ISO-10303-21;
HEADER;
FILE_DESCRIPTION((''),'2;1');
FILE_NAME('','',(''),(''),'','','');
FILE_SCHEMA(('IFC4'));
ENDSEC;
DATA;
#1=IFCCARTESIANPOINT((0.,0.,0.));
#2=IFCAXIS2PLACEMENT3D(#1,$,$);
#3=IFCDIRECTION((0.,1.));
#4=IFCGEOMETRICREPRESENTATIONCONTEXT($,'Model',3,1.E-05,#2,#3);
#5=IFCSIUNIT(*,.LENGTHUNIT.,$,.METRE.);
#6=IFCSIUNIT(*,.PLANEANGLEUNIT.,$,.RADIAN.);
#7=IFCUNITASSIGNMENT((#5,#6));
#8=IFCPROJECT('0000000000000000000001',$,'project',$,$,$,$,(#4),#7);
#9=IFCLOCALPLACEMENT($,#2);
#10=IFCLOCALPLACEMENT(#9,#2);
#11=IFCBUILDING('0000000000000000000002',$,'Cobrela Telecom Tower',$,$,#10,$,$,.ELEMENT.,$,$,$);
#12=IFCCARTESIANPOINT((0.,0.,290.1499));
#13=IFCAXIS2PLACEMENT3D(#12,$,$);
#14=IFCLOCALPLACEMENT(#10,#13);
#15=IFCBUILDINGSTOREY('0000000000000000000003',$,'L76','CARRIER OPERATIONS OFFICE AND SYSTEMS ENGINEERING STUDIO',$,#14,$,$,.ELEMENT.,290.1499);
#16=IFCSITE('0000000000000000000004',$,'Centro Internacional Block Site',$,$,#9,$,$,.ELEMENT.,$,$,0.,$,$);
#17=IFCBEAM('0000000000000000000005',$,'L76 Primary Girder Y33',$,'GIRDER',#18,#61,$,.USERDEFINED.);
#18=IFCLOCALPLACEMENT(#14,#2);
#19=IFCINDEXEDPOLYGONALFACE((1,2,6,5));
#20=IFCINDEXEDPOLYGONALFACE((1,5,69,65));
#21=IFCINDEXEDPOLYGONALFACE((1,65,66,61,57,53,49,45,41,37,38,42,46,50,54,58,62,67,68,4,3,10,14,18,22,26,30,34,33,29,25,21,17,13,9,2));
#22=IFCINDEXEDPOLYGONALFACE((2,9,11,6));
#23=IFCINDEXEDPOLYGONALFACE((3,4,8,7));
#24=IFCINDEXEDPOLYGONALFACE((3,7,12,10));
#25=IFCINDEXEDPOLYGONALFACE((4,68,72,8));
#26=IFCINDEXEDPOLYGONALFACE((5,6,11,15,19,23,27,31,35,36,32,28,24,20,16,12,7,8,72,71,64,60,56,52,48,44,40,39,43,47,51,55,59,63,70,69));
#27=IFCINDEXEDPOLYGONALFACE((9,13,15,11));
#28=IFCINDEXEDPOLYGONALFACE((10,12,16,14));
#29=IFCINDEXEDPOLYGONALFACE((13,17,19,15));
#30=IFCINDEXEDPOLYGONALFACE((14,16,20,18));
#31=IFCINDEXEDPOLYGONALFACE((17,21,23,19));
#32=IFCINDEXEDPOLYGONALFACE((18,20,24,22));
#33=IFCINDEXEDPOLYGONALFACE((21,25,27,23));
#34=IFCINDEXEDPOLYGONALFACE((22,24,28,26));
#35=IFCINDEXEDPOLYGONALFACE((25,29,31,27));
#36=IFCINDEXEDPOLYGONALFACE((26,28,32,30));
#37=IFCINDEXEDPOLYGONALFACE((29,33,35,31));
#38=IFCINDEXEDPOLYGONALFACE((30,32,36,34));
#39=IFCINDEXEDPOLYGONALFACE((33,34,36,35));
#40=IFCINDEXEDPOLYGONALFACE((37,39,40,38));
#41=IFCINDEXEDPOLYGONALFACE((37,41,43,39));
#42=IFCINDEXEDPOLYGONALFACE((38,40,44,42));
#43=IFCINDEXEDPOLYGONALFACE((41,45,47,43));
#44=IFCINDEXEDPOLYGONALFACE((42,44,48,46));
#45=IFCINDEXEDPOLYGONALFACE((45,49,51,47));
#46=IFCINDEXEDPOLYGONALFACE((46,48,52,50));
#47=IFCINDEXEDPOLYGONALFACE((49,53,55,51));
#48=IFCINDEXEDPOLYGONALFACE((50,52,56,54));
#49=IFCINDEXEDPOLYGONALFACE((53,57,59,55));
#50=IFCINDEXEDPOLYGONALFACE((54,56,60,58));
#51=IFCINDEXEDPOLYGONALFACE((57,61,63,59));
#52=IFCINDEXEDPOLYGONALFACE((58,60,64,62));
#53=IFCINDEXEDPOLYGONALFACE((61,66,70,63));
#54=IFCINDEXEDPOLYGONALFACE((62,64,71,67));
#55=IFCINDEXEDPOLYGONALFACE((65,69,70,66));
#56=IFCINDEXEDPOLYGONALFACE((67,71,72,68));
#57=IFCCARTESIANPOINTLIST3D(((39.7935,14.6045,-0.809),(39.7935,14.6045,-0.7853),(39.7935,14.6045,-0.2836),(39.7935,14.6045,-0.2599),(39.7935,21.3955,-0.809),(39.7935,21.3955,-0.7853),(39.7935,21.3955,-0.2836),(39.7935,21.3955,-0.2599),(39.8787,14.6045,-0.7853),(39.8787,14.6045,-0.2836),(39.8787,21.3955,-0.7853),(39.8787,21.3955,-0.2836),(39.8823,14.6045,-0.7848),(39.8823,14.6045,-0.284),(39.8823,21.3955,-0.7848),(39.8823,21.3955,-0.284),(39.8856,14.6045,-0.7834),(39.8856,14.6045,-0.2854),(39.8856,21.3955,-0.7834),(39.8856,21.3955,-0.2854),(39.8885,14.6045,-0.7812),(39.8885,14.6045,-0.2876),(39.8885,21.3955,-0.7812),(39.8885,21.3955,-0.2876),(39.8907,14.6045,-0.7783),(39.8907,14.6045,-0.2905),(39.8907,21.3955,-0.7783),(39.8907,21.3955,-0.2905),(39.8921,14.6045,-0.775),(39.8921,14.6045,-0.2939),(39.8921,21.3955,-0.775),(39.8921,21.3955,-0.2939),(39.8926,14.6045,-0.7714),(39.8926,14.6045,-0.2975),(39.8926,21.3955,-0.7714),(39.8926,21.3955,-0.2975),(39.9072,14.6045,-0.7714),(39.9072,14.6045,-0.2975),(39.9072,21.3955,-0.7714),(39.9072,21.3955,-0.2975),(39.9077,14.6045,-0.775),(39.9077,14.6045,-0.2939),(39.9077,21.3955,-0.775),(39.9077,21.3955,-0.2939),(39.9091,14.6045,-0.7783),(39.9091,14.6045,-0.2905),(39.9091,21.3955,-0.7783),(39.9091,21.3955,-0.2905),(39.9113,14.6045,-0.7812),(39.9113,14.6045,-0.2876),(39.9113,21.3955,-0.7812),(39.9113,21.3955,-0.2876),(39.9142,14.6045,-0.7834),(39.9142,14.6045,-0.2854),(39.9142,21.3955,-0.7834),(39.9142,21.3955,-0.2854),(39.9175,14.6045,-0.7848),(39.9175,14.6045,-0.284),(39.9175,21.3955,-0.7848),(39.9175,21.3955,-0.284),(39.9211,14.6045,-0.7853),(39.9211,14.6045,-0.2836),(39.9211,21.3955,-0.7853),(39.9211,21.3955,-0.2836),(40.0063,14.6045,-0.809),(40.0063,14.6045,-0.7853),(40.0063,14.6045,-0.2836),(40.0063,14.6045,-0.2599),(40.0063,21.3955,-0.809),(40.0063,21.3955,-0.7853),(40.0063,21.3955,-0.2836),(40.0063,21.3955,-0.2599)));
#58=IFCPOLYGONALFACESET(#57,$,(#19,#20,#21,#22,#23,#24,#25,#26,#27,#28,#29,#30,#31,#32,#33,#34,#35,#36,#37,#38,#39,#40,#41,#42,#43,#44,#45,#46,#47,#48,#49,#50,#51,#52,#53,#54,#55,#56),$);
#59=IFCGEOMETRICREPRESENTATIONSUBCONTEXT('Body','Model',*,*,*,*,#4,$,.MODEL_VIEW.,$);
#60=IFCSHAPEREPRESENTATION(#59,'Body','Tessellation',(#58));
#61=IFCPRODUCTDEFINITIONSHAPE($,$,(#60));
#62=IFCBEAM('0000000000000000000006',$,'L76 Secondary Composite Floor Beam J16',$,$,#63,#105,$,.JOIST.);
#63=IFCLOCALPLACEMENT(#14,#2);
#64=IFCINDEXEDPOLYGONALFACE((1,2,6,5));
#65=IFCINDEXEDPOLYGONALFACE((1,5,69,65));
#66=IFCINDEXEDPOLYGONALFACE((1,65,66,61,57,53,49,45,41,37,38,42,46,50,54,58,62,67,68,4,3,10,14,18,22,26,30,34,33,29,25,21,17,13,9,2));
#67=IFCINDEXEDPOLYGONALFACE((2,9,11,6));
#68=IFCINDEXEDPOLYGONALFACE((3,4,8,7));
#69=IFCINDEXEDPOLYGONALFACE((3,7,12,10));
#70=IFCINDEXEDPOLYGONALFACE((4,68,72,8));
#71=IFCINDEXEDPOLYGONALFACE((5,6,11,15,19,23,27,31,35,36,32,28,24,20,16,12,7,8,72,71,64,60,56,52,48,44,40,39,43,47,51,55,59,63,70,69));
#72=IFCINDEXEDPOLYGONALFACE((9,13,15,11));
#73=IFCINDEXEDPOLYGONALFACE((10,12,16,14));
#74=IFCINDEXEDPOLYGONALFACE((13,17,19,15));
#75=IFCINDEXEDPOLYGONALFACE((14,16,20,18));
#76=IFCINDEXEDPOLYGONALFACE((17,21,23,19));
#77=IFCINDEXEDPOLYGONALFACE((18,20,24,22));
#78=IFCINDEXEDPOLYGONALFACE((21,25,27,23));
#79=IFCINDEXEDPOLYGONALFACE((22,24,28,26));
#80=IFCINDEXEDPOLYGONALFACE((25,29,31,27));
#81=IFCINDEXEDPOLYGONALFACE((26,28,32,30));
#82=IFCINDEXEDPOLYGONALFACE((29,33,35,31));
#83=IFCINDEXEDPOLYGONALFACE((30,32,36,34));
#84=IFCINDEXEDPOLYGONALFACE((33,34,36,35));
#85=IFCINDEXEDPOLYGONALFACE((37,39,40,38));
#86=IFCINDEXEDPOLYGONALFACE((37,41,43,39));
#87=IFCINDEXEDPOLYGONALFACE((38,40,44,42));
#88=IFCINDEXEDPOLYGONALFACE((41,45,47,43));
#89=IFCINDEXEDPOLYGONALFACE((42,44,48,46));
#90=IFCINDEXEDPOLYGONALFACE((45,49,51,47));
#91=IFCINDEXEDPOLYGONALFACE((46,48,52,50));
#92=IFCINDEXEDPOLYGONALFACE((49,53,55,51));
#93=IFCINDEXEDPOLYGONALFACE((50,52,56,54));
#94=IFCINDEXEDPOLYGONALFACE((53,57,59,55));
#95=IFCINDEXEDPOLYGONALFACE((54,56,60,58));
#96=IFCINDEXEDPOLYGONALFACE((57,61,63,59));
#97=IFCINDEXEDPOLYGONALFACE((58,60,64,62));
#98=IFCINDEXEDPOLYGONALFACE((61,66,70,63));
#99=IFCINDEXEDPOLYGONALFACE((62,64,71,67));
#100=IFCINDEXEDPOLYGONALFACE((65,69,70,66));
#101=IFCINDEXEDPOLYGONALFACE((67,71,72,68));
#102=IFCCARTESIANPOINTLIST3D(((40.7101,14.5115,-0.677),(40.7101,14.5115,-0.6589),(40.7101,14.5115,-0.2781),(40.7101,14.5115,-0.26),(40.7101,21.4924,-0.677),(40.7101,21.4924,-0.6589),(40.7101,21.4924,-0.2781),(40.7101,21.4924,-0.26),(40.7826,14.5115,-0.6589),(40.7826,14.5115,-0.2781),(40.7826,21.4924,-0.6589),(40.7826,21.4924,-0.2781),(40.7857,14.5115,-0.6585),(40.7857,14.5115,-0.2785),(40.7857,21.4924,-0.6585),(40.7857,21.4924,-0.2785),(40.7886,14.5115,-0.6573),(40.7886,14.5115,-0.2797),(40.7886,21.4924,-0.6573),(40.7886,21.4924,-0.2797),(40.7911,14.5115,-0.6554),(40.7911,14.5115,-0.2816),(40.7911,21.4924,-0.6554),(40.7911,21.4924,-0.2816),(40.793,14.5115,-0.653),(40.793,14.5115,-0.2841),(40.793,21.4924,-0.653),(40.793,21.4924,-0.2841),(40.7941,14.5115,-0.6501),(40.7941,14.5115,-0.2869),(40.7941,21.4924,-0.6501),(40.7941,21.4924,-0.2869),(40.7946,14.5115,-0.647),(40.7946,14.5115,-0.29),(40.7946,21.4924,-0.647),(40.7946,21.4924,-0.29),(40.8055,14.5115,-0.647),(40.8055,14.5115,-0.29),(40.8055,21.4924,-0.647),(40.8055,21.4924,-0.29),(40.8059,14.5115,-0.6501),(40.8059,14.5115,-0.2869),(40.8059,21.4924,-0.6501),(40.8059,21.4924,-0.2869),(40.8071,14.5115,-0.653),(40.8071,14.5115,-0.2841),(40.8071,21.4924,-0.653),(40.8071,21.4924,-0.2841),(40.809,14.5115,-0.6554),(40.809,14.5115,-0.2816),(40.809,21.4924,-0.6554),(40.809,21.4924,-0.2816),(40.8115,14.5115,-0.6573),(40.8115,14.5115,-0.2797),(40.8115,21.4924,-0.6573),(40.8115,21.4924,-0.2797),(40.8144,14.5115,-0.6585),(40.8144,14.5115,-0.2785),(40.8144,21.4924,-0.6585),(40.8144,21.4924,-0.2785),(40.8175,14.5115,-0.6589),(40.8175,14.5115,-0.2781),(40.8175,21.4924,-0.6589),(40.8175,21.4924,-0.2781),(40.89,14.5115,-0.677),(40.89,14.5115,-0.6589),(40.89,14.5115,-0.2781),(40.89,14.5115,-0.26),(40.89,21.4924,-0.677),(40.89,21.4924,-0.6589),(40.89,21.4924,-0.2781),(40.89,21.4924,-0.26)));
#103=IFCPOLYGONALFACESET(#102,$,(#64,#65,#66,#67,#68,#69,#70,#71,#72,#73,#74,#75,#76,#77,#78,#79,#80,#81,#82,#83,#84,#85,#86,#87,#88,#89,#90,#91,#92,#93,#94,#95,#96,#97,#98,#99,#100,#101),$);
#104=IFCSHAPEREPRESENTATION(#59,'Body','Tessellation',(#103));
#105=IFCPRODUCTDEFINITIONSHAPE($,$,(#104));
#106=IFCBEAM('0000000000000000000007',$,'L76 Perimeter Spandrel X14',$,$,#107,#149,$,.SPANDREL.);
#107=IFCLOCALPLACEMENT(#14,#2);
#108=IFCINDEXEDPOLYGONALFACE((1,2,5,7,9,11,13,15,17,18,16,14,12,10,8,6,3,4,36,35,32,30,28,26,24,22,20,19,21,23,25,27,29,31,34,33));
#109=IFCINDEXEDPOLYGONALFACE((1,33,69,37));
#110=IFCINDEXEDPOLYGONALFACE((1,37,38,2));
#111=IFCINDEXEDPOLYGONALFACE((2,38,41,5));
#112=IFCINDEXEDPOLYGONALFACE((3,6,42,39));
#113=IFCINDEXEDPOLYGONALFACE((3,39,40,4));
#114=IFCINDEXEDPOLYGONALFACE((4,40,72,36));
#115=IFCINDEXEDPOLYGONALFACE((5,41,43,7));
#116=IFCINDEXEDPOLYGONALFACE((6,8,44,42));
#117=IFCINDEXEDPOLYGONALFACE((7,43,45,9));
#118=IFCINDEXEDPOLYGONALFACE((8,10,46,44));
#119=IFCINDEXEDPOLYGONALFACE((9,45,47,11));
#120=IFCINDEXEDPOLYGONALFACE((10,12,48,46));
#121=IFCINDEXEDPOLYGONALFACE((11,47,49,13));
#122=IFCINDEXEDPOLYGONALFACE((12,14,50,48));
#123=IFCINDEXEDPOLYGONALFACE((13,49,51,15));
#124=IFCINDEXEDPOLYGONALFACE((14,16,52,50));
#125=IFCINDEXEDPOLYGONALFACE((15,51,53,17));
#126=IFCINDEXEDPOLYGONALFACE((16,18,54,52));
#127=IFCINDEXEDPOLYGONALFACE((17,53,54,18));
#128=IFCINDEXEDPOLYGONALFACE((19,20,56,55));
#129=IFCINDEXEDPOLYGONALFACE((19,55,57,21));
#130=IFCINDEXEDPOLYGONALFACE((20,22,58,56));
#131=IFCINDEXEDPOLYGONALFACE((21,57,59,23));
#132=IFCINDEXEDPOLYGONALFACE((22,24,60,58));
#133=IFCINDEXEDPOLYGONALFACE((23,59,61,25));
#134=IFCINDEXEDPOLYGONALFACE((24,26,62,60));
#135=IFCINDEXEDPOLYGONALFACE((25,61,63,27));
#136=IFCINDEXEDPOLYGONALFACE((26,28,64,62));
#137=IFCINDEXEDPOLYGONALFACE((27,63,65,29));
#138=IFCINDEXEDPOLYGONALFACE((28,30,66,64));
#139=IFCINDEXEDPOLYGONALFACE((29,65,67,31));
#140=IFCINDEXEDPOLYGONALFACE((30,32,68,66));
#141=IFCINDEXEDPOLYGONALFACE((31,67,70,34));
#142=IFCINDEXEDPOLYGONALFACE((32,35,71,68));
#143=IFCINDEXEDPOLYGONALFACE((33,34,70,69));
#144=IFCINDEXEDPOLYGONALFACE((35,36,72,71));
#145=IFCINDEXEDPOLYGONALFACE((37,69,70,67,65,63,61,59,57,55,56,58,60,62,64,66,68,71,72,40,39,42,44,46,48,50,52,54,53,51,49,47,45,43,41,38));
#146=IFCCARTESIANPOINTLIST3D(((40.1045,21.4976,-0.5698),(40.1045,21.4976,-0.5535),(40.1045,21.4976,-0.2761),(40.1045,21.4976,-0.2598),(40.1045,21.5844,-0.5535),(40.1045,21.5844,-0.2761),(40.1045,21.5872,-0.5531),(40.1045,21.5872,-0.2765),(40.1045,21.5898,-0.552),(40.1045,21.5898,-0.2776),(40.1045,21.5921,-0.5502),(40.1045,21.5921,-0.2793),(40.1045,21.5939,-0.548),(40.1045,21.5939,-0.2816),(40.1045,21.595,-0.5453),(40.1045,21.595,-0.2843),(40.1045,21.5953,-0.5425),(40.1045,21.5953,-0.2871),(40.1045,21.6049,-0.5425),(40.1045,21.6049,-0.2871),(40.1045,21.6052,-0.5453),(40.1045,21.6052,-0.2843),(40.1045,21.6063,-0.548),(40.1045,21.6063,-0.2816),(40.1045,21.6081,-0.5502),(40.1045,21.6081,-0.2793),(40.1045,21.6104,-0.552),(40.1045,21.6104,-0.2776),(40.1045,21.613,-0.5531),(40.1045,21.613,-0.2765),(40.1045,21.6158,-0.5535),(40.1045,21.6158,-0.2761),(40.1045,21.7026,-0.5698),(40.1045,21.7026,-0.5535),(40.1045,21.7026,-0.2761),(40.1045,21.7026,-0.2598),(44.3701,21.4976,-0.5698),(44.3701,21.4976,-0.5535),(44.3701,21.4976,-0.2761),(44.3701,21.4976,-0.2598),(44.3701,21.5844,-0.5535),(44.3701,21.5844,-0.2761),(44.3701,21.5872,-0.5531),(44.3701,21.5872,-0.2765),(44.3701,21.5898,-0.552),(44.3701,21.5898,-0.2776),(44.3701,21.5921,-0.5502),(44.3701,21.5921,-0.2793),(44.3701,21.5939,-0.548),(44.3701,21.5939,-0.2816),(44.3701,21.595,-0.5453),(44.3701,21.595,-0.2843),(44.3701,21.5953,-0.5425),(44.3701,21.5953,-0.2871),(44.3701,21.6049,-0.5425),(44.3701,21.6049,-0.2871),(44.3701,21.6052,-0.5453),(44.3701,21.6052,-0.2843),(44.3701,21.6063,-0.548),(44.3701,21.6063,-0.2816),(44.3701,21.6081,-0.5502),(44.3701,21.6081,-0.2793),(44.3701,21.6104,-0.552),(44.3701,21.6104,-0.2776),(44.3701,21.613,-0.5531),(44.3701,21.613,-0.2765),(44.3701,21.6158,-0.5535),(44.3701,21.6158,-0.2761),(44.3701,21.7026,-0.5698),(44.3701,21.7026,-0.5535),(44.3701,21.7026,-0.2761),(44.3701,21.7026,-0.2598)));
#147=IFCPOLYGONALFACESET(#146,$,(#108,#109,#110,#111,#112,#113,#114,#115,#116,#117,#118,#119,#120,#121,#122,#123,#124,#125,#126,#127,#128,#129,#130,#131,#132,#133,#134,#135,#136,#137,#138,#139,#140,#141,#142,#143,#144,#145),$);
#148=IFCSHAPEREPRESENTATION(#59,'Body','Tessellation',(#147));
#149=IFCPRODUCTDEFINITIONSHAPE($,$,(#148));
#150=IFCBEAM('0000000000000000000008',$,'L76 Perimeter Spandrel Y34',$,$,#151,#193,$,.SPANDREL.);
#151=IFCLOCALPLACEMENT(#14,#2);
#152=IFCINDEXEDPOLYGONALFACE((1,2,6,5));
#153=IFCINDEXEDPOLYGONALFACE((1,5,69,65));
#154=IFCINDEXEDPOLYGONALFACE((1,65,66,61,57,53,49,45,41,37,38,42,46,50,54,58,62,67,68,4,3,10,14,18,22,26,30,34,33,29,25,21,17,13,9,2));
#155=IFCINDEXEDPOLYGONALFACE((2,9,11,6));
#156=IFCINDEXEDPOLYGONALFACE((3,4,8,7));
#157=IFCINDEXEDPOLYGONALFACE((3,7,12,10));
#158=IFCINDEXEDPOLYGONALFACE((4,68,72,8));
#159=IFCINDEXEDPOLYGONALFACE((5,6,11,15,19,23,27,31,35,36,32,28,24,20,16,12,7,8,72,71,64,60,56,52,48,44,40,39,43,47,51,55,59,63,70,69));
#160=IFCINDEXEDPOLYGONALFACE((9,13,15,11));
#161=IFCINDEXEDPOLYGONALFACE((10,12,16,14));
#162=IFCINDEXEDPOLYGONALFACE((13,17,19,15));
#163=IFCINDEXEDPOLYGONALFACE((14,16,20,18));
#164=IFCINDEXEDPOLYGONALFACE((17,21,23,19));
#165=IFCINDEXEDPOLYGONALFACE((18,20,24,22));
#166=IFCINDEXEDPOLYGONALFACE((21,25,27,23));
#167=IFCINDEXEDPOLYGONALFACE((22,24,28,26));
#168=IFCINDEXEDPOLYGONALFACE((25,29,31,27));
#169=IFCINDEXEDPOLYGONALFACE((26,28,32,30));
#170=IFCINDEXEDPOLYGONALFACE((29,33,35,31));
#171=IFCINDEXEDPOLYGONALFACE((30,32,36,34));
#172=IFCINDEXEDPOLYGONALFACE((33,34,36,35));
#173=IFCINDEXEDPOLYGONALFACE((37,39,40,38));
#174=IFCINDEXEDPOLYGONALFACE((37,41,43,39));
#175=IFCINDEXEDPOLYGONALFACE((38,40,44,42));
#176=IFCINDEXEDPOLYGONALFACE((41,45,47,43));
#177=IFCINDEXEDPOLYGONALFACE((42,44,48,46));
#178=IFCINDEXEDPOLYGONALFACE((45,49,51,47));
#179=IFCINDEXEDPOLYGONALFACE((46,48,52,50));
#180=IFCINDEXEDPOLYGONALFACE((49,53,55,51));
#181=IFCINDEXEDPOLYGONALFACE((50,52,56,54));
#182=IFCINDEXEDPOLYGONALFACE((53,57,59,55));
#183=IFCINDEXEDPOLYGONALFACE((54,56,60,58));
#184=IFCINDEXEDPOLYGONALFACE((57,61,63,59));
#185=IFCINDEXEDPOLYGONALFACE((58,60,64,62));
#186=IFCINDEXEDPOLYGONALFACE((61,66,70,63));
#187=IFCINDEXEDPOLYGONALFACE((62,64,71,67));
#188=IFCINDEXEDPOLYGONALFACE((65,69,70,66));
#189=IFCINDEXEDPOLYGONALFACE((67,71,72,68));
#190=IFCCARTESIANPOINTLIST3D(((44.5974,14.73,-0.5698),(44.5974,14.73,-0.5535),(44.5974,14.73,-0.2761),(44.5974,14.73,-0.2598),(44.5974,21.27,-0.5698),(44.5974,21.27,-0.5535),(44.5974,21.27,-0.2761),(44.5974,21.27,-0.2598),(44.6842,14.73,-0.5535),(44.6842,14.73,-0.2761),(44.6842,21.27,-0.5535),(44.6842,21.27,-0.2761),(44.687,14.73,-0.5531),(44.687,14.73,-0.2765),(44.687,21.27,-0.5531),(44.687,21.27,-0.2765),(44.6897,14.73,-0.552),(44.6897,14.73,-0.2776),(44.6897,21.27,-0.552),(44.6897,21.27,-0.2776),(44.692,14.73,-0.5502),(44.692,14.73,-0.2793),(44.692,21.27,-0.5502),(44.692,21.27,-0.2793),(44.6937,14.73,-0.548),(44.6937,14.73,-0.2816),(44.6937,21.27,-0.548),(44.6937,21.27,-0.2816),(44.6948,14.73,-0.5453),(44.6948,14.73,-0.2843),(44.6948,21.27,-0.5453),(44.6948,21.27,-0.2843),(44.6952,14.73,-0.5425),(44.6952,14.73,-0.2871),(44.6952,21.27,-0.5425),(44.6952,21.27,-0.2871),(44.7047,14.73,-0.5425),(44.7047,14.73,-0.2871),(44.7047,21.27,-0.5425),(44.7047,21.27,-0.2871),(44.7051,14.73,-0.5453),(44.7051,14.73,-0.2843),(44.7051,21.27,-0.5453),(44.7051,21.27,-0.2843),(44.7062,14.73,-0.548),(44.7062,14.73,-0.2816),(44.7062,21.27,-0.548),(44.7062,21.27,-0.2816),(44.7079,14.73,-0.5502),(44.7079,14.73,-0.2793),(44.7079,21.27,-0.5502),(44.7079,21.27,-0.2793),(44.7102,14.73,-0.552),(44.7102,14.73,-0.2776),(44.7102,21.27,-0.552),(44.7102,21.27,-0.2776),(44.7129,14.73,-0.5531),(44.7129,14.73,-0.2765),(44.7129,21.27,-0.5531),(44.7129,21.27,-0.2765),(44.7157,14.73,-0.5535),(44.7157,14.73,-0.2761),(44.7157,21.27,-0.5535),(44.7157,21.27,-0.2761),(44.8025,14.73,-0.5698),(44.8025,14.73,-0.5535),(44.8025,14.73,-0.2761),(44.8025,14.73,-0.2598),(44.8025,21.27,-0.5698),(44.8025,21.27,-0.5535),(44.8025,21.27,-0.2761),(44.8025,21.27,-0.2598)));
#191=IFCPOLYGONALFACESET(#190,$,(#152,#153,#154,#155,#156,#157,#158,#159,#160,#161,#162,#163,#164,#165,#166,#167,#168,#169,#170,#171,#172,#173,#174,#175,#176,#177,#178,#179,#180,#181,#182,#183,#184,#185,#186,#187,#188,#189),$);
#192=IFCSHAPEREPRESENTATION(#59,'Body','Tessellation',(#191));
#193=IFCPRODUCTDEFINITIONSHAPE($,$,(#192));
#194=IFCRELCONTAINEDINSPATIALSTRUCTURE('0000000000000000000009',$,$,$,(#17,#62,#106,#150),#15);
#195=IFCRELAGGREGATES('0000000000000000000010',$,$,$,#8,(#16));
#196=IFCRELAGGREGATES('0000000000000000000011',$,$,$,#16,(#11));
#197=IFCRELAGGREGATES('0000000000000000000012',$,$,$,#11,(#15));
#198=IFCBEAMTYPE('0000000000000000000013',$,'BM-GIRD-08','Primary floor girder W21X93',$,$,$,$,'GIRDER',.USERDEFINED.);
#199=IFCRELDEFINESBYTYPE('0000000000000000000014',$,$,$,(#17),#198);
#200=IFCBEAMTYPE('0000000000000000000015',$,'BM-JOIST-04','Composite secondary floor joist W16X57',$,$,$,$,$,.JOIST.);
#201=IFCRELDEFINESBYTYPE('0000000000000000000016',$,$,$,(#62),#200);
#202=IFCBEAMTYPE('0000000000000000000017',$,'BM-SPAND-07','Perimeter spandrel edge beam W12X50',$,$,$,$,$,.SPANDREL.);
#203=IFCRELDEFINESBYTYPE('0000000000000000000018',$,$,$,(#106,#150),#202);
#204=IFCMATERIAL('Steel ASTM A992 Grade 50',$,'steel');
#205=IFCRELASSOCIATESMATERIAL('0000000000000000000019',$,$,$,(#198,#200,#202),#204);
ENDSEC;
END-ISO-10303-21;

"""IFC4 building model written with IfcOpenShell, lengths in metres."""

from ifc_helpers import new_model, si_unit, direction, frame, origin, origin_2d, place, context, subcontext, project, spatial, i_section, extrude, material, material_profile, profile_set, type_object, element, save


model = new_model("IFC4")

# Units and contexts
model_context = context("Model", 3, precision=1e-05, world=origin(), true_north=direction((0.0, 1.0)))
body_context = subcontext(model_context, "Body", "Model", "MODEL_VIEW")
ifc_project = project(units=[si_unit("LENGTHUNIT", "METRE"), si_unit("PLANEANGLEUNIT", "RADIAN")], contexts=[model_context])

# Site, building, storey
site_placement = place(None, origin())
site = spatial("IfcSite", under=ifc_project, at=site_placement, Name="Centro Internacional Block Site", CompositionType="ELEMENT", RefElevation=0.0)
building_placement = place(site_placement, origin())
building = spatial("IfcBuilding", under=site, at=building_placement, Name="Cobrela Telecom Tower", CompositionType="ELEMENT")
storey_placement = place(building_placement, frame((0.0, 0.0, 290.1499)))
storey = spatial("IfcBuildingStorey", under=building, at=storey_placement, Name="L76", Description="CARRIER OPERATIONS OFFICE AND SYSTEMS ENGINEERING STUDIO", CompositionType="ELEMENT", Elevation=290.1499)

# Shared definitions
ifc_material_1 = material(Name="Steel ASTM A992 Grade 50", Category="steel")

# Beams
ifc_material_profile_1 = material_profile(ifc_material_1, i_section(OverallWidth=0.2129, OverallDepth=0.5491, WebThickness=0.0146, FlangeThickness=0.0237, FilletRadius=0.0139, at=origin_2d()), Name="W21X93")
ifc_profile_set_1 = profile_set([ifc_material_profile_1], Name="Steel ASTM A992 Grade 50")
beam_type_1 = type_object("IfcBeamType", Name="BM-GIRD-08", Description="Primary floor girder W21X93", ElementType="GIRDER", PredefinedType="USERDEFINED", material=ifc_profile_set_1)
for number, where, z_axis, x_axis, name in (
    (1, (39.8999, 14.6045, -0.5344), (0.0, 1.0, 0.0), (-1.0, 0.0, 0.0), "L76 Primary Girder Y33"),
):
    element("IfcBeam", number, at=place(storey_placement, frame(where, z_axis=z_axis, x_axis=x_axis)), inside=storey, type_object=beam_type_1, Name=name, ObjectType="GIRDER", PredefinedType="USERDEFINED", context=body_context, shape_type="SweptSolid", body=[
        extrude(i_section(OverallWidth=0.2129, OverallDepth=0.5491, WebThickness=0.0146, FlangeThickness=0.0237, FilletRadius=0.0139, at=origin_2d()), origin(), (0.0, 0.0, 1.0), 6.791),
    ])
ifc_material_profile_2 = material_profile(ifc_material_1, i_section(OverallWidth=0.1799, OverallDepth=0.417, WebThickness=0.011, FlangeThickness=0.0181, FilletRadius=0.012, at=origin_2d()), Name="W16X57")
ifc_profile_set_2 = profile_set([ifc_material_profile_2], Name="Steel ASTM A992 Grade 50")
beam_type_2 = type_object("IfcBeamType", Name="BM-JOIST-04", Description="Composite secondary floor joist W16X57", PredefinedType="JOIST", material=ifc_profile_set_2)
beam_1_placement = place(storey_placement, frame((40.8, 14.5115, -0.4685), z_axis=(0.0, 1.0, 0.0), x_axis=(-1.0, 0.0, 0.0)))
element("IfcBeam", 2, at=beam_1_placement, inside=storey, type_object=beam_type_2, Name="L76 Secondary Composite Floor Beam J16", PredefinedType="JOIST", context=body_context, shape_type="SweptSolid", body=[
    extrude(i_section(OverallWidth=0.1799, OverallDepth=0.417, WebThickness=0.011, FlangeThickness=0.0181, FilletRadius=0.012, at=origin_2d()), origin(), (0.0, 0.0, 1.0), 6.981),
])
ifc_material_profile_3 = material_profile(ifc_material_1, i_section(OverallWidth=0.2051, OverallDepth=0.3101, WebThickness=0.0095, FlangeThickness=0.0164, FilletRadius=0.011, at=origin_2d()), Name="W12X50")
ifc_profile_set_3 = profile_set([ifc_material_profile_3], Name="Steel ASTM A992 Grade 50")
beam_type_3 = type_object("IfcBeamType", Name="BM-SPAND-07", Description="Perimeter spandrel edge beam W12X50", PredefinedType="SPANDREL", material=ifc_profile_set_3)
beam_2_placement = place(storey_placement, frame((40.1045, 21.6001, -0.4148), z_axis=(1.0, 0.0, 0.0), x_axis=(0.0, 1.0, 0.0)))
element("IfcBeam", 3, at=beam_2_placement, inside=storey, type_object=beam_type_3, Name="L76 Perimeter Spandrel X14", PredefinedType="SPANDREL", context=body_context, shape_type="SweptSolid", body=[
    extrude(i_section(OverallWidth=0.2051, OverallDepth=0.3101, WebThickness=0.0095, FlangeThickness=0.0164, FilletRadius=0.011, at=origin_2d()), origin(), (0.0, 0.0, 1.0), 4.2656),
])
beam_3_placement = place(storey_placement, frame((44.7, 14.73, -0.4148), z_axis=(0.0, 1.0, 0.0), x_axis=(-1.0, 0.0, 0.0)))
element("IfcBeam", 4, at=beam_3_placement, inside=storey, type_object=beam_type_3, Name="L76 Perimeter Spandrel Y34", PredefinedType="SPANDREL", context=body_context, shape_type="SweptSolid", body=[
    extrude(i_section(OverallWidth=0.2051, OverallDepth=0.3101, WebThickness=0.0095, FlangeThickness=0.0164, FilletRadius=0.011, at=origin_2d()), origin(), (0.0, 0.0, 1.0), 6.54),
])

save(model, "model.ifc")
